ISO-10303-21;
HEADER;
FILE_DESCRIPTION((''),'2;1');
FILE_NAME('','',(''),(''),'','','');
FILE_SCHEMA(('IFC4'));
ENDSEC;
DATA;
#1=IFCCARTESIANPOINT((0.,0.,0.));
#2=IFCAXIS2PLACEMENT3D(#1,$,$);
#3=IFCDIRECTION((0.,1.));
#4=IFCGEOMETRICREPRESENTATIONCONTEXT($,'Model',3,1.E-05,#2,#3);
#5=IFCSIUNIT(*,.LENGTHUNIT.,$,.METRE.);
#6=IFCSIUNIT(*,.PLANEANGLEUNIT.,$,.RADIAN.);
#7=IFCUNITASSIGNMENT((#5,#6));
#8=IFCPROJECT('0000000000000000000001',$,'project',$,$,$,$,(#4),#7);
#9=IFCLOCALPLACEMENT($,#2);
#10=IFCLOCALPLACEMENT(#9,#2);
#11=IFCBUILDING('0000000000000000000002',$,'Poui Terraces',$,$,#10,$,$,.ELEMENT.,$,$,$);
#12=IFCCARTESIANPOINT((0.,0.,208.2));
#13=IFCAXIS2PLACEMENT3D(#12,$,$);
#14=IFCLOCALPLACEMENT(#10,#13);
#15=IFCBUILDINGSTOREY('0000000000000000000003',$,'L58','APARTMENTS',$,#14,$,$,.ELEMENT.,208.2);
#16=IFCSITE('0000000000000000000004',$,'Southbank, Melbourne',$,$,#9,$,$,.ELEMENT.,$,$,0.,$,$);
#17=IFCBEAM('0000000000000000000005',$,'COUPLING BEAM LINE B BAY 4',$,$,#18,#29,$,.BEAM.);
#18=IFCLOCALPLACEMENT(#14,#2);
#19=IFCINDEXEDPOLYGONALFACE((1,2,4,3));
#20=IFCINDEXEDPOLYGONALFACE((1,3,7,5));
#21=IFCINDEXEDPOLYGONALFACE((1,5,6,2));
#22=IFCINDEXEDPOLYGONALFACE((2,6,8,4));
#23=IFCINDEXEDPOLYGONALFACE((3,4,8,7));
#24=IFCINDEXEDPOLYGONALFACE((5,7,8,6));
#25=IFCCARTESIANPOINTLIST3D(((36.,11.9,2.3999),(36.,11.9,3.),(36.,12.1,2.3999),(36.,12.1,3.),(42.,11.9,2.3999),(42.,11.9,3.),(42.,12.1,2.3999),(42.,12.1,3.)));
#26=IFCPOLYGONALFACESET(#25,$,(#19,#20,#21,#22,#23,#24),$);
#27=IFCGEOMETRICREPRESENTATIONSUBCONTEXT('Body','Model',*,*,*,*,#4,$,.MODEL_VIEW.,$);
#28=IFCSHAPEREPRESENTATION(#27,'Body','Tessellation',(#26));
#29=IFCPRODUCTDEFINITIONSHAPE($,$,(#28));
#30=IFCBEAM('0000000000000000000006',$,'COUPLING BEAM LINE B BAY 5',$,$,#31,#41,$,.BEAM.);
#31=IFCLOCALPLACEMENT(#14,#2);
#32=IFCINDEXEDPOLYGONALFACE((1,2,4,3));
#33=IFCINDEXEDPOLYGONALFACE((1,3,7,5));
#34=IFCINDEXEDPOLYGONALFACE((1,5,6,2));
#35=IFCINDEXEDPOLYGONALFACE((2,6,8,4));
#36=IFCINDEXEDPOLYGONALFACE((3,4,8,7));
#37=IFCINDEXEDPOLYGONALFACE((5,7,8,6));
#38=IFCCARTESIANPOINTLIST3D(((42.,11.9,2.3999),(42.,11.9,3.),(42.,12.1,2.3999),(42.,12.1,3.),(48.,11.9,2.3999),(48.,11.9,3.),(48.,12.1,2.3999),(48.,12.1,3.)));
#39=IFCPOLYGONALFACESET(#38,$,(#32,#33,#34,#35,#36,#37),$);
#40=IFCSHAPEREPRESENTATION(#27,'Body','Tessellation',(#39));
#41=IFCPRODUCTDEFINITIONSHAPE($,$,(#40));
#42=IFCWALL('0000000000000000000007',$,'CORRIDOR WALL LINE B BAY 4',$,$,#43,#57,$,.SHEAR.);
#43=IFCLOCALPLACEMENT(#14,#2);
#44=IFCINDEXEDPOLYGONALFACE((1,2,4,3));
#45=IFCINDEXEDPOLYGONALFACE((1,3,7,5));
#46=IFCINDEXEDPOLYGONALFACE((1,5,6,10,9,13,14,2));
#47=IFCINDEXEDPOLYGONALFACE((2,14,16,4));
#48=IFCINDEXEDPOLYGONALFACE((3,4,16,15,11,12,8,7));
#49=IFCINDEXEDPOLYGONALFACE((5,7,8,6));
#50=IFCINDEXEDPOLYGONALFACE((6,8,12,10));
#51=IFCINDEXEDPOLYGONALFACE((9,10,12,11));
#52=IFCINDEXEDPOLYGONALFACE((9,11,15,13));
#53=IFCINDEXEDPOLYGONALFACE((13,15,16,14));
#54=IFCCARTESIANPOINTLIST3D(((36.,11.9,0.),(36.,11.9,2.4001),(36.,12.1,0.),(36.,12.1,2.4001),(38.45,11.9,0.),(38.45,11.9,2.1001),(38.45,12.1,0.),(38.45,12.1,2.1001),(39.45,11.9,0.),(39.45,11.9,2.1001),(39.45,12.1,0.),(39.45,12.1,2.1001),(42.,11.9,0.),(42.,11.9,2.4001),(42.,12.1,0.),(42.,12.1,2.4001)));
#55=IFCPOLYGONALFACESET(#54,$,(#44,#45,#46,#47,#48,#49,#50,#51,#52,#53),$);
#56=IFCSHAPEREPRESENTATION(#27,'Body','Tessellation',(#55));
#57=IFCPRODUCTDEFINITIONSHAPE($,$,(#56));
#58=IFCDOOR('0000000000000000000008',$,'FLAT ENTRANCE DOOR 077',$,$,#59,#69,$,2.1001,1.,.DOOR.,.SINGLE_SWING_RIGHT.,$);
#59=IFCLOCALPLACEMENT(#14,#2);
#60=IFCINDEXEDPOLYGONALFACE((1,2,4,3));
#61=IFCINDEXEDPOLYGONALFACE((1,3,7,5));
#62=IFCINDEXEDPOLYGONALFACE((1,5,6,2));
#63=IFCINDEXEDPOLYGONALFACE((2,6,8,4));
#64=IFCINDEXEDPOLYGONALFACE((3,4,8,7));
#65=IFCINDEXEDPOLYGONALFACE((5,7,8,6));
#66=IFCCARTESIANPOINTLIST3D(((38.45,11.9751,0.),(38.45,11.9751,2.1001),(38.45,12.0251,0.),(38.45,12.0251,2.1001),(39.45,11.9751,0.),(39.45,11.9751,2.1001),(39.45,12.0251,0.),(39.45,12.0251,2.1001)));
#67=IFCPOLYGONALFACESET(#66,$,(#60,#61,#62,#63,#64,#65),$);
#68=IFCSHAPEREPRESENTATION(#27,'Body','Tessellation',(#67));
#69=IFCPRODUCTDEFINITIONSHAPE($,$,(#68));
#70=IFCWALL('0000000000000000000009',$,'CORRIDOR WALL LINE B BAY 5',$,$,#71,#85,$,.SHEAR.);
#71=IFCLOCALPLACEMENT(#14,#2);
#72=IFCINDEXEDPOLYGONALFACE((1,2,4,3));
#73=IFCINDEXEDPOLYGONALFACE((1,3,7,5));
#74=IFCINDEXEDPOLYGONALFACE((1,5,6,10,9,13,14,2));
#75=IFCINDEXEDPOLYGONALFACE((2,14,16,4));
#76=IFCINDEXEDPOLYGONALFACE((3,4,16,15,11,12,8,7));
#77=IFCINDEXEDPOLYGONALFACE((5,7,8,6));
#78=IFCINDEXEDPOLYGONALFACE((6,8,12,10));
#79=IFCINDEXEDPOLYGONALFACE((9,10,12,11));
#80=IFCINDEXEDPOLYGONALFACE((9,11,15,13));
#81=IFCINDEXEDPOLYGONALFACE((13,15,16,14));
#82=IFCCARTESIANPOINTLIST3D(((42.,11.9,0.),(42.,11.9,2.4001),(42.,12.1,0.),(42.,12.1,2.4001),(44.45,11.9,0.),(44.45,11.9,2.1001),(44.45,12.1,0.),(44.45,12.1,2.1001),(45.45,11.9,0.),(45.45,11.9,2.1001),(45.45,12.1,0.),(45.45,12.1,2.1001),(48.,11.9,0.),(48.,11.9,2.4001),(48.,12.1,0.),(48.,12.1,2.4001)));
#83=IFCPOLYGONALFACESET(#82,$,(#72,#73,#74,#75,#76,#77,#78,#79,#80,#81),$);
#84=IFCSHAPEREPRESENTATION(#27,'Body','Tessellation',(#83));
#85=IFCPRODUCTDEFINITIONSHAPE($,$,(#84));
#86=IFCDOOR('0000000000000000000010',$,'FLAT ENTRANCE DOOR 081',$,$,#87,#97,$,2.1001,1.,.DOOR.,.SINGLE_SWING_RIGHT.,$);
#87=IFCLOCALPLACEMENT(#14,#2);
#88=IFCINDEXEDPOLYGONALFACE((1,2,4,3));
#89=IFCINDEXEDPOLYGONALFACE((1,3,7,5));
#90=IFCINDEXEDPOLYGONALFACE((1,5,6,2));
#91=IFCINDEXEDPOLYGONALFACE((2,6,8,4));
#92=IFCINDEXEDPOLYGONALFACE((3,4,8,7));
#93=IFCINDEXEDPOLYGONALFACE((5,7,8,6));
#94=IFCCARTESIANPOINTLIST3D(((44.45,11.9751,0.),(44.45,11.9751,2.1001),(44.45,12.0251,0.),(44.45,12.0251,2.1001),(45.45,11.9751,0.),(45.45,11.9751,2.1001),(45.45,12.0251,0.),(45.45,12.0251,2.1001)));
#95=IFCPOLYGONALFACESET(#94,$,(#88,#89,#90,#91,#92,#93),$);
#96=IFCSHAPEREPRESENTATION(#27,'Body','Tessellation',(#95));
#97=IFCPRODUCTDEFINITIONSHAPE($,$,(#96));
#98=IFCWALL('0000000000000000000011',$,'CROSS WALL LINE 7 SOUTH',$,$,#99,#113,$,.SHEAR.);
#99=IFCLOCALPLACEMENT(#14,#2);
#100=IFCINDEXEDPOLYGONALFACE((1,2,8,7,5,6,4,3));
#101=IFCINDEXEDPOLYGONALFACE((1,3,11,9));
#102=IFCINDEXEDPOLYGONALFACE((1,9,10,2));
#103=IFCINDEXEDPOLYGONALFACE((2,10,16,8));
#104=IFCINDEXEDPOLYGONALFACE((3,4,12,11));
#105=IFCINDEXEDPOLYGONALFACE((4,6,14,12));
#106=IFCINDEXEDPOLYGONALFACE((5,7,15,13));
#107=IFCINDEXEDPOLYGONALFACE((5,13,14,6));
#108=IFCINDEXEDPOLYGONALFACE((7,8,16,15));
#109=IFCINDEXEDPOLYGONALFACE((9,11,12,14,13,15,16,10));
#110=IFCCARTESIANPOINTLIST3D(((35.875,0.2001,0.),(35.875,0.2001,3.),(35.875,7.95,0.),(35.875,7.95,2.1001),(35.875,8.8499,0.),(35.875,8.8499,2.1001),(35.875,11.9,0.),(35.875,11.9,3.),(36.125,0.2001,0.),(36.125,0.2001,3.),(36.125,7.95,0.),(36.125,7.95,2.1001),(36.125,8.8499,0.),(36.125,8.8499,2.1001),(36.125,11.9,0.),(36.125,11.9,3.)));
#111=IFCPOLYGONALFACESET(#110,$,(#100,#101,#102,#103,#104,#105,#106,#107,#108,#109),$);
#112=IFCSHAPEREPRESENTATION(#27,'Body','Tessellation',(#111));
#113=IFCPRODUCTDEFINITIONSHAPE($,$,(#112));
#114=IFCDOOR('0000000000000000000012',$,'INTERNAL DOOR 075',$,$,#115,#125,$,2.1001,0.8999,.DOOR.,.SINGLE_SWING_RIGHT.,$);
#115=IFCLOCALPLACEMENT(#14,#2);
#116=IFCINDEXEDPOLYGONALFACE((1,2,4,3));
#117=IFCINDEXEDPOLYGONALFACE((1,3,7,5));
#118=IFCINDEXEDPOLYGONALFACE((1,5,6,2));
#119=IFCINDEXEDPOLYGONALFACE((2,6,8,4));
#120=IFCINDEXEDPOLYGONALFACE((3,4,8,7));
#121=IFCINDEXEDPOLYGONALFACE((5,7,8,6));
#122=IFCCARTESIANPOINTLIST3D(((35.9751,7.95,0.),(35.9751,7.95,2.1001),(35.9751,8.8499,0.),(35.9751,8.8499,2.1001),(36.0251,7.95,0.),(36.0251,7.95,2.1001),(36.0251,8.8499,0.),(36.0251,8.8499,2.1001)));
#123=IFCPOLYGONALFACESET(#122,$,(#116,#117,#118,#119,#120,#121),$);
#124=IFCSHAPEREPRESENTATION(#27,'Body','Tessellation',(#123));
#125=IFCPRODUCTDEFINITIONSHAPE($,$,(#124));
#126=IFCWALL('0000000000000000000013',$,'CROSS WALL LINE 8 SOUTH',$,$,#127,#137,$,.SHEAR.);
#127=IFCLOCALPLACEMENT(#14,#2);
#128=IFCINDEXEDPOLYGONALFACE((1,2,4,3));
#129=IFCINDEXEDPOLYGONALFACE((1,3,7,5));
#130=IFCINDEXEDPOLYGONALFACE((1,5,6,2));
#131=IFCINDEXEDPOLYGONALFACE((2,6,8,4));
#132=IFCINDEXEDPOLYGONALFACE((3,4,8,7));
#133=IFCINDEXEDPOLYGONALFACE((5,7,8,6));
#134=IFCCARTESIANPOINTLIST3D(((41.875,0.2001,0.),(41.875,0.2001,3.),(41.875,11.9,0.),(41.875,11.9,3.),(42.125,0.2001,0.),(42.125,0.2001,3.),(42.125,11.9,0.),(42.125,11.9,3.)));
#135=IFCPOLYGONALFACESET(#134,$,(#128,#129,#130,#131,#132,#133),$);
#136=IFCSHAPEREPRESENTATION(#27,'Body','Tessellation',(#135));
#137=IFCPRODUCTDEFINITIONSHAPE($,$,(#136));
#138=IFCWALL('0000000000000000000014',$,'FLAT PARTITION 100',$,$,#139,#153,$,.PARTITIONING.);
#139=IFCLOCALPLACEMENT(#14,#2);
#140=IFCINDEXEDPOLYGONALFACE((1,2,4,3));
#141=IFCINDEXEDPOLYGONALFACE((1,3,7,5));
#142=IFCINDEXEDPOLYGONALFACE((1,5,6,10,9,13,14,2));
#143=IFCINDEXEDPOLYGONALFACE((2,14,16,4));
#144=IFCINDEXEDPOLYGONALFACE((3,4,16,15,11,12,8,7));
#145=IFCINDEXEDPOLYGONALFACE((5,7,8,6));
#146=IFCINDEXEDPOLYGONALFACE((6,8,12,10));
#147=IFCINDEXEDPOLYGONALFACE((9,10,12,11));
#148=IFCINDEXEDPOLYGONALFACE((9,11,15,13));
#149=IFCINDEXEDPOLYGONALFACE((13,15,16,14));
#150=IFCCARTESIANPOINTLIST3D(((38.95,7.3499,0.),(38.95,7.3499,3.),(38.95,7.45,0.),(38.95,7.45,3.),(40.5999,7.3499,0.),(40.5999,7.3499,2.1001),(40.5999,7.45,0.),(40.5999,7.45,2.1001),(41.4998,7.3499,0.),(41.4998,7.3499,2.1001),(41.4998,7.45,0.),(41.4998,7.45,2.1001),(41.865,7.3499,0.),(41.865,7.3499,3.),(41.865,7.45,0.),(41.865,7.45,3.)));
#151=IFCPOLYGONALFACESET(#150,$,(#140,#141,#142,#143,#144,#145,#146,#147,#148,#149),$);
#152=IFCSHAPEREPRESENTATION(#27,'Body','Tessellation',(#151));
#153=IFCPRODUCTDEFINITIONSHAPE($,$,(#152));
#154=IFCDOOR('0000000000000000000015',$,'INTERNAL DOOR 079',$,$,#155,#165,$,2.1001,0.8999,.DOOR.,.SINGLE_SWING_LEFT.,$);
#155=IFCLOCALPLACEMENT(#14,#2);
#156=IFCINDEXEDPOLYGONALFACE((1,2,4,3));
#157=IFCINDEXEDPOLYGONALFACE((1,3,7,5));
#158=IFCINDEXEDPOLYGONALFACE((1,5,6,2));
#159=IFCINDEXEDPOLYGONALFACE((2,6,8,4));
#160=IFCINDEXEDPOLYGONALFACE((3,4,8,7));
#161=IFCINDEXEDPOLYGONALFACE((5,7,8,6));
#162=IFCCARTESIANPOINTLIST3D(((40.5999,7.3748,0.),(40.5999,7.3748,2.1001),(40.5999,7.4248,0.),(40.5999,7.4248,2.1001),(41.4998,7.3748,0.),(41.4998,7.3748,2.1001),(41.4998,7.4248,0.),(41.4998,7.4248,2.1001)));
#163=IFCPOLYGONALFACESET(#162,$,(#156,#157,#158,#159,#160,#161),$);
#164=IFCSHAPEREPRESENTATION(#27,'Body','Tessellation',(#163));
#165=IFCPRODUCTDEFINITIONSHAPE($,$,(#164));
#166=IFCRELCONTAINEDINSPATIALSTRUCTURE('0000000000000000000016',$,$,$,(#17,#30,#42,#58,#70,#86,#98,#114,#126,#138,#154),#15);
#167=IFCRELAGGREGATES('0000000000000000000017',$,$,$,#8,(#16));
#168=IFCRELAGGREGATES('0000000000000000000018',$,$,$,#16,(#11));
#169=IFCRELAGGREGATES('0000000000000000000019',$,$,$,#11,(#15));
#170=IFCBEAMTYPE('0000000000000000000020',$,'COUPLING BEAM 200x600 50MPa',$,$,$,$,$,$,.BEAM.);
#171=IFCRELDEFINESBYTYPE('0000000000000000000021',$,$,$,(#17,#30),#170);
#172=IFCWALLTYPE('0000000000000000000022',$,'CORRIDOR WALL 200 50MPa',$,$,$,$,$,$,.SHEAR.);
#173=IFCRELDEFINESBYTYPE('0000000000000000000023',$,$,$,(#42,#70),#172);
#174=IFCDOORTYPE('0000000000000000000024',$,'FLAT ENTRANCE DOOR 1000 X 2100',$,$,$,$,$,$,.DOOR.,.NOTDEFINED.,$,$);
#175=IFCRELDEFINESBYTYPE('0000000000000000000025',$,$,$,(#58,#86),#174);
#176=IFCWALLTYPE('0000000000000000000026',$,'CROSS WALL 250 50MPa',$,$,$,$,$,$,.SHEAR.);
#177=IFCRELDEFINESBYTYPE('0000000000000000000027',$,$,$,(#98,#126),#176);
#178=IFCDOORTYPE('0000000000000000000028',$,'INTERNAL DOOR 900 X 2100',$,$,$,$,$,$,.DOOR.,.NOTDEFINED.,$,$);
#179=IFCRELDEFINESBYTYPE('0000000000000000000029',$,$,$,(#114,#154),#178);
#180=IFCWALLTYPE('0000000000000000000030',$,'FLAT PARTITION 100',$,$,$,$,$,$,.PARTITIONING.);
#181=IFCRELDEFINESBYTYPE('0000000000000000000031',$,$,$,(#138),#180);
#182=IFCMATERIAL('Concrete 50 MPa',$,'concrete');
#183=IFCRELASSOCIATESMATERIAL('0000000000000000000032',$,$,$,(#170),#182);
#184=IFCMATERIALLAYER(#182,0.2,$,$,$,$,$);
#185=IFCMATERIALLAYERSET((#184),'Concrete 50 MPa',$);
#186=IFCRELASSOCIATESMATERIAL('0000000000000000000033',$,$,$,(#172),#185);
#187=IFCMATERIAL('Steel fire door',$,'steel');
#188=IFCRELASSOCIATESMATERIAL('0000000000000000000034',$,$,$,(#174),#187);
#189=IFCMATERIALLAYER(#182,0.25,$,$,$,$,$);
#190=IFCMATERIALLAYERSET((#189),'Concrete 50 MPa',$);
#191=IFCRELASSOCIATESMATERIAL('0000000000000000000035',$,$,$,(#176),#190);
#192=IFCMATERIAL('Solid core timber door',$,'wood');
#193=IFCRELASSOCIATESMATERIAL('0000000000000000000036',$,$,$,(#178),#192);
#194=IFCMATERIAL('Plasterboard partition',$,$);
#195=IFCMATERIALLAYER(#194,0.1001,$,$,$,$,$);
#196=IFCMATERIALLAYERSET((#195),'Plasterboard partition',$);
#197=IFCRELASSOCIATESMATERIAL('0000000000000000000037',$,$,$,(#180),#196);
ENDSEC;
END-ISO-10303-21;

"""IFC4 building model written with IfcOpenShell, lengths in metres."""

from ifc_helpers import new_model, si_unit, direction, frame, frame_2d, origin, origin_2d, place, context, subcontext, project, spatial, rectangle, extrude, source, transform, mapped, material, layer, layer_set, material_profile, profile_set, type_object, element, fill, save


model = new_model("IFC4")

# Units and contexts
model_context = context("Model", 3, precision=1e-05, world=origin(), true_north=direction((0.0, 1.0)))
body_context = subcontext(model_context, "Body", "Model", "MODEL_VIEW")
ifc_project = project(units=[si_unit("LENGTHUNIT", "METRE"), si_unit("PLANEANGLEUNIT", "RADIAN")], contexts=[model_context])

# Site, building, storey
site_placement = place(None, origin())
site = spatial("IfcSite", under=ifc_project, at=site_placement, Name="Southbank, Melbourne", CompositionType="ELEMENT", RefElevation=0.0)
building_placement = place(site_placement, origin())
building = spatial("IfcBuilding", under=site, at=building_placement, Name="Poui Terraces", CompositionType="ELEMENT")
storey_placement = place(building_placement, frame((0.0, 0.0, 208.2)))
storey = spatial("IfcBuildingStorey", under=building, at=storey_placement, Name="L58", Description="APARTMENTS", CompositionType="ELEMENT", Elevation=208.2)

# Beams
ifc_material_1 = material(Name="Concrete 50 MPa", Category="concrete")
ifc_material_profile_1 = material_profile(ifc_material_1, rectangle(XDim=0.2, YDim=0.6001, at=origin_2d()), Name="RC 200x600")
ifc_profile_set_1 = profile_set([ifc_material_profile_1], Name="Concrete 50 MPa")
beam_type = type_object("IfcBeamType", Name="COUPLING BEAM 200x600 50MPa", PredefinedType="BEAM", material=ifc_profile_set_1)
shared_shape_1 = source(origin(), body_context, "Body", "SweptSolid", [
    extrude(rectangle(XDim=0.2, YDim=0.6001, at=origin_2d()), origin(), (0.0, 0.0, 1.0), 6.0),
])
for number, where, z_axis, x_axis, name in (
    (1, (36.0, 12.0, 2.7), (1.0, 0.0, 0.0), (0.0, 1.0, 0.0), "COUPLING BEAM LINE B BAY 4"),
    (2, (42.0, 12.0, 2.7), (1.0, 0.0, 0.0), (0.0, 1.0, 0.0), "COUPLING BEAM LINE B BAY 5"),
):
    element("IfcBeam", number, at=place(storey_placement, frame(where, z_axis=z_axis, x_axis=x_axis)), inside=storey, type_object=beam_type, Name=name, PredefinedType="BEAM", context=body_context, shape_type="MappedRepresentation", body=[
        mapped(shared_shape_1, transform((0.0, 0.0, 0.0))),
    ])

# Walls, openings, doors
ifc_layer_1 = layer(ifc_material_1, 0.2)
ifc_layer_set_1 = layer_set([ifc_layer_1], Name="Concrete 50 MPa")
wall_type_1 = type_object("IfcWallType", Name="CORRIDOR WALL 200 50MPa", PredefinedType="SHEAR", material=ifc_layer_set_1)
wall_1_placement = place(storey_placement, frame((36.0, 12.0, 0.0), z_axis=(0.0, 0.0, 1.0), x_axis=(1.0, 0.0, 0.0)))
wall_1 = element("IfcWall", 3, at=wall_1_placement, inside=storey, type_object=wall_type_1, Name="CORRIDOR WALL LINE B BAY 4", PredefinedType="SHEAR", context=body_context, shape_type="SweptSolid", body=[
    extrude(rectangle(XDim=6.0, YDim=0.2, at=frame_2d((3.0, 0.0))), origin(), (0.0, 0.0, 1.0), 2.4001),
])
opening_1_placement = place(wall_1_placement, frame((2.45, 0.0, 0.0)))
opening_1 = element("IfcOpeningElement", 4, at=opening_1_placement, cuts=wall_1, PredefinedType="OPENING", context=body_context, shape_type="SweptSolid", body=[
    extrude(rectangle(XDim=1.0, YDim=2.1001, at=frame_2d((0.5, 1.05))), frame((0.0, 0.1099, 0.0), z_axis=(0.0, -1.0, 0.0), x_axis=(1.0, 0.0, 0.0)), (0.0, 0.0, 1.0), 0.22),
])
ifc_material_2 = material(Name="Steel fire door", Category="steel")
door_type_1 = type_object("IfcDoorType", Name="FLAT ENTRANCE DOOR 1000 X 2100", OperationType="NOTDEFINED", PredefinedType="DOOR", material=ifc_material_2)
door_1_placement = place(opening_1_placement, frame((1.0, 0.0, 0.0), z_axis=(0.0, 0.0, 1.0), x_axis=(-1.0, 0.0, 0.0)))
door_1 = element("IfcDoor", 5, at=door_1_placement, inside=storey, type_object=door_type_1, Name="FLAT ENTRANCE DOOR 077", OperationType="SINGLE_SWING_RIGHT", OverallHeight=2.1001, OverallWidth=1.0, PredefinedType="DOOR", context=body_context, shape_type="SweptSolid", body=[
    extrude(rectangle(XDim=1.0, YDim=2.1001, at=frame_2d((0.5, 1.05))), frame((0.0, 0.0249, 0.0), z_axis=(0.0, -1.0, 0.0), x_axis=(1.0, 0.0, 0.0)), (0.0, 0.0, 1.0), 0.05),
])
fill(opening_1, door_1)
wall_2_placement = place(storey_placement, frame((42.0, 12.0, 0.0), z_axis=(0.0, 0.0, 1.0), x_axis=(1.0, 0.0, 0.0)))
wall_2 = element("IfcWall", 6, at=wall_2_placement, inside=storey, type_object=wall_type_1, Name="CORRIDOR WALL LINE B BAY 5", PredefinedType="SHEAR", context=body_context, shape_type="SweptSolid", body=[
    extrude(rectangle(XDim=6.0, YDim=0.2, at=frame_2d((3.0, 0.0))), origin(), (0.0, 0.0, 1.0), 2.4001),
])
opening_2_placement = place(wall_2_placement, frame((2.45, 0.0, 0.0)))
opening_2 = element("IfcOpeningElement", 7, at=opening_2_placement, cuts=wall_2, PredefinedType="OPENING", context=body_context, shape_type="SweptSolid", body=[
    extrude(rectangle(XDim=1.0, YDim=2.1001, at=frame_2d((0.5, 1.05))), frame((0.0, 0.1099, 0.0), z_axis=(0.0, -1.0, 0.0), x_axis=(1.0, 0.0, 0.0)), (0.0, 0.0, 1.0), 0.22),
])
door_2_placement = place(opening_2_placement, frame((1.0, 0.0, 0.0), z_axis=(0.0, 0.0, 1.0), x_axis=(-1.0, 0.0, 0.0)))
door_2 = element("IfcDoor", 8, at=door_2_placement, inside=storey, type_object=door_type_1, Name="FLAT ENTRANCE DOOR 081", OperationType="SINGLE_SWING_RIGHT", OverallHeight=2.1001, OverallWidth=1.0, PredefinedType="DOOR", context=body_context, shape_type="SweptSolid", body=[
    extrude(rectangle(XDim=1.0, YDim=2.1001, at=frame_2d((0.5, 1.05))), frame((0.0, 0.0249, 0.0), z_axis=(0.0, -1.0, 0.0), x_axis=(1.0, 0.0, 0.0)), (0.0, 0.0, 1.0), 0.05),
])
fill(opening_2, door_2)
ifc_layer_2 = layer(ifc_material_1, 0.25)
ifc_layer_set_2 = layer_set([ifc_layer_2], Name="Concrete 50 MPa")
wall_type_2 = type_object("IfcWallType", Name="CROSS WALL 250 50MPa", PredefinedType="SHEAR", material=ifc_layer_set_2)
wall_3_placement = place(storey_placement, frame((36.0, 0.2, 0.0), z_axis=(0.0, 0.0, 1.0), x_axis=(0.0, 1.0, 0.0)))
wall_3 = element("IfcWall", 9, at=wall_3_placement, inside=storey, type_object=wall_type_2, Name="CROSS WALL LINE 7 SOUTH", PredefinedType="SHEAR", context=body_context, shape_type="SweptSolid", body=[
    extrude(rectangle(XDim=11.7, YDim=0.25, at=frame_2d((5.8501, 0.0))), origin(), (0.0, 0.0, 1.0), 3.0),
])
opening_3_placement = place(wall_3_placement, frame((7.75, 0.0, 0.0)))
opening_3 = element("IfcOpeningElement", 10, at=opening_3_placement, cuts=wall_3, PredefinedType="OPENING", context=body_context, shape_type="SweptSolid", body=[
    extrude(rectangle(XDim=0.8999, YDim=2.1001, at=frame_2d((0.45, 1.05))), frame((0.0, 0.135, 0.0), z_axis=(0.0, -1.0, 0.0), x_axis=(1.0, 0.0, 0.0)), (0.0, 0.0, 1.0), 0.27),
])
ifc_material_3 = material(Name="Solid core timber door", Category="wood")
door_type_2 = type_object("IfcDoorType", Name="INTERNAL DOOR 900 X 2100", OperationType="NOTDEFINED", PredefinedType="DOOR", material=ifc_material_3)
door_3_placement = place(opening_3_placement, origin())
door_3 = element("IfcDoor", 11, at=door_3_placement, inside=storey, type_object=door_type_2, Name="INTERNAL DOOR 075", OperationType="SINGLE_SWING_RIGHT", OverallHeight=2.1001, OverallWidth=0.8999, PredefinedType="DOOR", context=body_context, shape_type="SweptSolid", body=[
    extrude(rectangle(XDim=0.8999, YDim=2.1001, at=frame_2d((0.45, 1.05))), frame((0.0, 0.0249, 0.0), z_axis=(0.0, -1.0, 0.0), x_axis=(1.0, 0.0, 0.0)), (0.0, 0.0, 1.0), 0.05),
])
fill(opening_3, door_3)

# Wall
wall_4_placement = place(storey_placement, frame((42.0, 0.2, 0.0), z_axis=(0.0, 0.0, 1.0), x_axis=(0.0, 1.0, 0.0)))
element("IfcWall", 12, at=wall_4_placement, inside=storey, type_object=wall_type_2, Name="CROSS WALL LINE 8 SOUTH", PredefinedType="SHEAR", context=body_context, shape_type="SweptSolid", body=[
    extrude(rectangle(XDim=11.7, YDim=0.25, at=frame_2d((5.8501, 0.0))), origin(), (0.0, 0.0, 1.0), 3.0),
])

# Wall, opening, door
ifc_material_4 = material(Name="Plasterboard partition")
ifc_layer_3 = layer(ifc_material_4, 0.1001)
ifc_layer_set_3 = layer_set([ifc_layer_3], Name="Plasterboard partition")
wall_type_3 = type_object("IfcWallType", Name="FLAT PARTITION 100", PredefinedType="PARTITIONING", material=ifc_layer_set_3)
wall_5_placement = place(storey_placement, frame((38.95, 7.3999, 0.0), z_axis=(0.0, 0.0, 1.0), x_axis=(1.0, 0.0, 0.0)))
wall_5 = element("IfcWall", 13, at=wall_5_placement, inside=storey, type_object=wall_type_3, Name="FLAT PARTITION 100", PredefinedType="PARTITIONING", context=body_context, shape_type="SweptSolid", body=[
    extrude(rectangle(XDim=2.915, YDim=0.1001, at=frame_2d((1.4575, 0.0))), origin(), (0.0, 0.0, 1.0), 3.0),
])
opening_4_placement = place(wall_5_placement, frame((1.6499, 0.0, 0.0)))
opening_4 = element("IfcOpeningElement", 14, at=opening_4_placement, cuts=wall_5, PredefinedType="OPENING", context=body_context, shape_type="SweptSolid", body=[
    extrude(rectangle(XDim=0.8999, YDim=2.1001, at=frame_2d((0.45, 1.05))), frame((0.0, 0.0601, 0.0), z_axis=(0.0, -1.0, 0.0), x_axis=(1.0, 0.0, 0.0)), (0.0, 0.0, 1.0), 0.1201),
])
door_4_placement = place(opening_4_placement, origin())
door_4 = element("IfcDoor", 15, at=door_4_placement, inside=storey, type_object=door_type_2, Name="INTERNAL DOOR 079", OperationType="SINGLE_SWING_LEFT", OverallHeight=2.1001, OverallWidth=0.8999, PredefinedType="DOOR", context=body_context, shape_type="SweptSolid", body=[
    extrude(rectangle(XDim=0.8999, YDim=2.1001, at=frame_2d((0.45, 1.05))), frame((0.0, 0.0249, 0.0), z_axis=(0.0, -1.0, 0.0), x_axis=(1.0, 0.0, 0.0)), (0.0, 0.0, 1.0), 0.05),
])
fill(opening_4, door_4)

save(model, "model.ifc")
